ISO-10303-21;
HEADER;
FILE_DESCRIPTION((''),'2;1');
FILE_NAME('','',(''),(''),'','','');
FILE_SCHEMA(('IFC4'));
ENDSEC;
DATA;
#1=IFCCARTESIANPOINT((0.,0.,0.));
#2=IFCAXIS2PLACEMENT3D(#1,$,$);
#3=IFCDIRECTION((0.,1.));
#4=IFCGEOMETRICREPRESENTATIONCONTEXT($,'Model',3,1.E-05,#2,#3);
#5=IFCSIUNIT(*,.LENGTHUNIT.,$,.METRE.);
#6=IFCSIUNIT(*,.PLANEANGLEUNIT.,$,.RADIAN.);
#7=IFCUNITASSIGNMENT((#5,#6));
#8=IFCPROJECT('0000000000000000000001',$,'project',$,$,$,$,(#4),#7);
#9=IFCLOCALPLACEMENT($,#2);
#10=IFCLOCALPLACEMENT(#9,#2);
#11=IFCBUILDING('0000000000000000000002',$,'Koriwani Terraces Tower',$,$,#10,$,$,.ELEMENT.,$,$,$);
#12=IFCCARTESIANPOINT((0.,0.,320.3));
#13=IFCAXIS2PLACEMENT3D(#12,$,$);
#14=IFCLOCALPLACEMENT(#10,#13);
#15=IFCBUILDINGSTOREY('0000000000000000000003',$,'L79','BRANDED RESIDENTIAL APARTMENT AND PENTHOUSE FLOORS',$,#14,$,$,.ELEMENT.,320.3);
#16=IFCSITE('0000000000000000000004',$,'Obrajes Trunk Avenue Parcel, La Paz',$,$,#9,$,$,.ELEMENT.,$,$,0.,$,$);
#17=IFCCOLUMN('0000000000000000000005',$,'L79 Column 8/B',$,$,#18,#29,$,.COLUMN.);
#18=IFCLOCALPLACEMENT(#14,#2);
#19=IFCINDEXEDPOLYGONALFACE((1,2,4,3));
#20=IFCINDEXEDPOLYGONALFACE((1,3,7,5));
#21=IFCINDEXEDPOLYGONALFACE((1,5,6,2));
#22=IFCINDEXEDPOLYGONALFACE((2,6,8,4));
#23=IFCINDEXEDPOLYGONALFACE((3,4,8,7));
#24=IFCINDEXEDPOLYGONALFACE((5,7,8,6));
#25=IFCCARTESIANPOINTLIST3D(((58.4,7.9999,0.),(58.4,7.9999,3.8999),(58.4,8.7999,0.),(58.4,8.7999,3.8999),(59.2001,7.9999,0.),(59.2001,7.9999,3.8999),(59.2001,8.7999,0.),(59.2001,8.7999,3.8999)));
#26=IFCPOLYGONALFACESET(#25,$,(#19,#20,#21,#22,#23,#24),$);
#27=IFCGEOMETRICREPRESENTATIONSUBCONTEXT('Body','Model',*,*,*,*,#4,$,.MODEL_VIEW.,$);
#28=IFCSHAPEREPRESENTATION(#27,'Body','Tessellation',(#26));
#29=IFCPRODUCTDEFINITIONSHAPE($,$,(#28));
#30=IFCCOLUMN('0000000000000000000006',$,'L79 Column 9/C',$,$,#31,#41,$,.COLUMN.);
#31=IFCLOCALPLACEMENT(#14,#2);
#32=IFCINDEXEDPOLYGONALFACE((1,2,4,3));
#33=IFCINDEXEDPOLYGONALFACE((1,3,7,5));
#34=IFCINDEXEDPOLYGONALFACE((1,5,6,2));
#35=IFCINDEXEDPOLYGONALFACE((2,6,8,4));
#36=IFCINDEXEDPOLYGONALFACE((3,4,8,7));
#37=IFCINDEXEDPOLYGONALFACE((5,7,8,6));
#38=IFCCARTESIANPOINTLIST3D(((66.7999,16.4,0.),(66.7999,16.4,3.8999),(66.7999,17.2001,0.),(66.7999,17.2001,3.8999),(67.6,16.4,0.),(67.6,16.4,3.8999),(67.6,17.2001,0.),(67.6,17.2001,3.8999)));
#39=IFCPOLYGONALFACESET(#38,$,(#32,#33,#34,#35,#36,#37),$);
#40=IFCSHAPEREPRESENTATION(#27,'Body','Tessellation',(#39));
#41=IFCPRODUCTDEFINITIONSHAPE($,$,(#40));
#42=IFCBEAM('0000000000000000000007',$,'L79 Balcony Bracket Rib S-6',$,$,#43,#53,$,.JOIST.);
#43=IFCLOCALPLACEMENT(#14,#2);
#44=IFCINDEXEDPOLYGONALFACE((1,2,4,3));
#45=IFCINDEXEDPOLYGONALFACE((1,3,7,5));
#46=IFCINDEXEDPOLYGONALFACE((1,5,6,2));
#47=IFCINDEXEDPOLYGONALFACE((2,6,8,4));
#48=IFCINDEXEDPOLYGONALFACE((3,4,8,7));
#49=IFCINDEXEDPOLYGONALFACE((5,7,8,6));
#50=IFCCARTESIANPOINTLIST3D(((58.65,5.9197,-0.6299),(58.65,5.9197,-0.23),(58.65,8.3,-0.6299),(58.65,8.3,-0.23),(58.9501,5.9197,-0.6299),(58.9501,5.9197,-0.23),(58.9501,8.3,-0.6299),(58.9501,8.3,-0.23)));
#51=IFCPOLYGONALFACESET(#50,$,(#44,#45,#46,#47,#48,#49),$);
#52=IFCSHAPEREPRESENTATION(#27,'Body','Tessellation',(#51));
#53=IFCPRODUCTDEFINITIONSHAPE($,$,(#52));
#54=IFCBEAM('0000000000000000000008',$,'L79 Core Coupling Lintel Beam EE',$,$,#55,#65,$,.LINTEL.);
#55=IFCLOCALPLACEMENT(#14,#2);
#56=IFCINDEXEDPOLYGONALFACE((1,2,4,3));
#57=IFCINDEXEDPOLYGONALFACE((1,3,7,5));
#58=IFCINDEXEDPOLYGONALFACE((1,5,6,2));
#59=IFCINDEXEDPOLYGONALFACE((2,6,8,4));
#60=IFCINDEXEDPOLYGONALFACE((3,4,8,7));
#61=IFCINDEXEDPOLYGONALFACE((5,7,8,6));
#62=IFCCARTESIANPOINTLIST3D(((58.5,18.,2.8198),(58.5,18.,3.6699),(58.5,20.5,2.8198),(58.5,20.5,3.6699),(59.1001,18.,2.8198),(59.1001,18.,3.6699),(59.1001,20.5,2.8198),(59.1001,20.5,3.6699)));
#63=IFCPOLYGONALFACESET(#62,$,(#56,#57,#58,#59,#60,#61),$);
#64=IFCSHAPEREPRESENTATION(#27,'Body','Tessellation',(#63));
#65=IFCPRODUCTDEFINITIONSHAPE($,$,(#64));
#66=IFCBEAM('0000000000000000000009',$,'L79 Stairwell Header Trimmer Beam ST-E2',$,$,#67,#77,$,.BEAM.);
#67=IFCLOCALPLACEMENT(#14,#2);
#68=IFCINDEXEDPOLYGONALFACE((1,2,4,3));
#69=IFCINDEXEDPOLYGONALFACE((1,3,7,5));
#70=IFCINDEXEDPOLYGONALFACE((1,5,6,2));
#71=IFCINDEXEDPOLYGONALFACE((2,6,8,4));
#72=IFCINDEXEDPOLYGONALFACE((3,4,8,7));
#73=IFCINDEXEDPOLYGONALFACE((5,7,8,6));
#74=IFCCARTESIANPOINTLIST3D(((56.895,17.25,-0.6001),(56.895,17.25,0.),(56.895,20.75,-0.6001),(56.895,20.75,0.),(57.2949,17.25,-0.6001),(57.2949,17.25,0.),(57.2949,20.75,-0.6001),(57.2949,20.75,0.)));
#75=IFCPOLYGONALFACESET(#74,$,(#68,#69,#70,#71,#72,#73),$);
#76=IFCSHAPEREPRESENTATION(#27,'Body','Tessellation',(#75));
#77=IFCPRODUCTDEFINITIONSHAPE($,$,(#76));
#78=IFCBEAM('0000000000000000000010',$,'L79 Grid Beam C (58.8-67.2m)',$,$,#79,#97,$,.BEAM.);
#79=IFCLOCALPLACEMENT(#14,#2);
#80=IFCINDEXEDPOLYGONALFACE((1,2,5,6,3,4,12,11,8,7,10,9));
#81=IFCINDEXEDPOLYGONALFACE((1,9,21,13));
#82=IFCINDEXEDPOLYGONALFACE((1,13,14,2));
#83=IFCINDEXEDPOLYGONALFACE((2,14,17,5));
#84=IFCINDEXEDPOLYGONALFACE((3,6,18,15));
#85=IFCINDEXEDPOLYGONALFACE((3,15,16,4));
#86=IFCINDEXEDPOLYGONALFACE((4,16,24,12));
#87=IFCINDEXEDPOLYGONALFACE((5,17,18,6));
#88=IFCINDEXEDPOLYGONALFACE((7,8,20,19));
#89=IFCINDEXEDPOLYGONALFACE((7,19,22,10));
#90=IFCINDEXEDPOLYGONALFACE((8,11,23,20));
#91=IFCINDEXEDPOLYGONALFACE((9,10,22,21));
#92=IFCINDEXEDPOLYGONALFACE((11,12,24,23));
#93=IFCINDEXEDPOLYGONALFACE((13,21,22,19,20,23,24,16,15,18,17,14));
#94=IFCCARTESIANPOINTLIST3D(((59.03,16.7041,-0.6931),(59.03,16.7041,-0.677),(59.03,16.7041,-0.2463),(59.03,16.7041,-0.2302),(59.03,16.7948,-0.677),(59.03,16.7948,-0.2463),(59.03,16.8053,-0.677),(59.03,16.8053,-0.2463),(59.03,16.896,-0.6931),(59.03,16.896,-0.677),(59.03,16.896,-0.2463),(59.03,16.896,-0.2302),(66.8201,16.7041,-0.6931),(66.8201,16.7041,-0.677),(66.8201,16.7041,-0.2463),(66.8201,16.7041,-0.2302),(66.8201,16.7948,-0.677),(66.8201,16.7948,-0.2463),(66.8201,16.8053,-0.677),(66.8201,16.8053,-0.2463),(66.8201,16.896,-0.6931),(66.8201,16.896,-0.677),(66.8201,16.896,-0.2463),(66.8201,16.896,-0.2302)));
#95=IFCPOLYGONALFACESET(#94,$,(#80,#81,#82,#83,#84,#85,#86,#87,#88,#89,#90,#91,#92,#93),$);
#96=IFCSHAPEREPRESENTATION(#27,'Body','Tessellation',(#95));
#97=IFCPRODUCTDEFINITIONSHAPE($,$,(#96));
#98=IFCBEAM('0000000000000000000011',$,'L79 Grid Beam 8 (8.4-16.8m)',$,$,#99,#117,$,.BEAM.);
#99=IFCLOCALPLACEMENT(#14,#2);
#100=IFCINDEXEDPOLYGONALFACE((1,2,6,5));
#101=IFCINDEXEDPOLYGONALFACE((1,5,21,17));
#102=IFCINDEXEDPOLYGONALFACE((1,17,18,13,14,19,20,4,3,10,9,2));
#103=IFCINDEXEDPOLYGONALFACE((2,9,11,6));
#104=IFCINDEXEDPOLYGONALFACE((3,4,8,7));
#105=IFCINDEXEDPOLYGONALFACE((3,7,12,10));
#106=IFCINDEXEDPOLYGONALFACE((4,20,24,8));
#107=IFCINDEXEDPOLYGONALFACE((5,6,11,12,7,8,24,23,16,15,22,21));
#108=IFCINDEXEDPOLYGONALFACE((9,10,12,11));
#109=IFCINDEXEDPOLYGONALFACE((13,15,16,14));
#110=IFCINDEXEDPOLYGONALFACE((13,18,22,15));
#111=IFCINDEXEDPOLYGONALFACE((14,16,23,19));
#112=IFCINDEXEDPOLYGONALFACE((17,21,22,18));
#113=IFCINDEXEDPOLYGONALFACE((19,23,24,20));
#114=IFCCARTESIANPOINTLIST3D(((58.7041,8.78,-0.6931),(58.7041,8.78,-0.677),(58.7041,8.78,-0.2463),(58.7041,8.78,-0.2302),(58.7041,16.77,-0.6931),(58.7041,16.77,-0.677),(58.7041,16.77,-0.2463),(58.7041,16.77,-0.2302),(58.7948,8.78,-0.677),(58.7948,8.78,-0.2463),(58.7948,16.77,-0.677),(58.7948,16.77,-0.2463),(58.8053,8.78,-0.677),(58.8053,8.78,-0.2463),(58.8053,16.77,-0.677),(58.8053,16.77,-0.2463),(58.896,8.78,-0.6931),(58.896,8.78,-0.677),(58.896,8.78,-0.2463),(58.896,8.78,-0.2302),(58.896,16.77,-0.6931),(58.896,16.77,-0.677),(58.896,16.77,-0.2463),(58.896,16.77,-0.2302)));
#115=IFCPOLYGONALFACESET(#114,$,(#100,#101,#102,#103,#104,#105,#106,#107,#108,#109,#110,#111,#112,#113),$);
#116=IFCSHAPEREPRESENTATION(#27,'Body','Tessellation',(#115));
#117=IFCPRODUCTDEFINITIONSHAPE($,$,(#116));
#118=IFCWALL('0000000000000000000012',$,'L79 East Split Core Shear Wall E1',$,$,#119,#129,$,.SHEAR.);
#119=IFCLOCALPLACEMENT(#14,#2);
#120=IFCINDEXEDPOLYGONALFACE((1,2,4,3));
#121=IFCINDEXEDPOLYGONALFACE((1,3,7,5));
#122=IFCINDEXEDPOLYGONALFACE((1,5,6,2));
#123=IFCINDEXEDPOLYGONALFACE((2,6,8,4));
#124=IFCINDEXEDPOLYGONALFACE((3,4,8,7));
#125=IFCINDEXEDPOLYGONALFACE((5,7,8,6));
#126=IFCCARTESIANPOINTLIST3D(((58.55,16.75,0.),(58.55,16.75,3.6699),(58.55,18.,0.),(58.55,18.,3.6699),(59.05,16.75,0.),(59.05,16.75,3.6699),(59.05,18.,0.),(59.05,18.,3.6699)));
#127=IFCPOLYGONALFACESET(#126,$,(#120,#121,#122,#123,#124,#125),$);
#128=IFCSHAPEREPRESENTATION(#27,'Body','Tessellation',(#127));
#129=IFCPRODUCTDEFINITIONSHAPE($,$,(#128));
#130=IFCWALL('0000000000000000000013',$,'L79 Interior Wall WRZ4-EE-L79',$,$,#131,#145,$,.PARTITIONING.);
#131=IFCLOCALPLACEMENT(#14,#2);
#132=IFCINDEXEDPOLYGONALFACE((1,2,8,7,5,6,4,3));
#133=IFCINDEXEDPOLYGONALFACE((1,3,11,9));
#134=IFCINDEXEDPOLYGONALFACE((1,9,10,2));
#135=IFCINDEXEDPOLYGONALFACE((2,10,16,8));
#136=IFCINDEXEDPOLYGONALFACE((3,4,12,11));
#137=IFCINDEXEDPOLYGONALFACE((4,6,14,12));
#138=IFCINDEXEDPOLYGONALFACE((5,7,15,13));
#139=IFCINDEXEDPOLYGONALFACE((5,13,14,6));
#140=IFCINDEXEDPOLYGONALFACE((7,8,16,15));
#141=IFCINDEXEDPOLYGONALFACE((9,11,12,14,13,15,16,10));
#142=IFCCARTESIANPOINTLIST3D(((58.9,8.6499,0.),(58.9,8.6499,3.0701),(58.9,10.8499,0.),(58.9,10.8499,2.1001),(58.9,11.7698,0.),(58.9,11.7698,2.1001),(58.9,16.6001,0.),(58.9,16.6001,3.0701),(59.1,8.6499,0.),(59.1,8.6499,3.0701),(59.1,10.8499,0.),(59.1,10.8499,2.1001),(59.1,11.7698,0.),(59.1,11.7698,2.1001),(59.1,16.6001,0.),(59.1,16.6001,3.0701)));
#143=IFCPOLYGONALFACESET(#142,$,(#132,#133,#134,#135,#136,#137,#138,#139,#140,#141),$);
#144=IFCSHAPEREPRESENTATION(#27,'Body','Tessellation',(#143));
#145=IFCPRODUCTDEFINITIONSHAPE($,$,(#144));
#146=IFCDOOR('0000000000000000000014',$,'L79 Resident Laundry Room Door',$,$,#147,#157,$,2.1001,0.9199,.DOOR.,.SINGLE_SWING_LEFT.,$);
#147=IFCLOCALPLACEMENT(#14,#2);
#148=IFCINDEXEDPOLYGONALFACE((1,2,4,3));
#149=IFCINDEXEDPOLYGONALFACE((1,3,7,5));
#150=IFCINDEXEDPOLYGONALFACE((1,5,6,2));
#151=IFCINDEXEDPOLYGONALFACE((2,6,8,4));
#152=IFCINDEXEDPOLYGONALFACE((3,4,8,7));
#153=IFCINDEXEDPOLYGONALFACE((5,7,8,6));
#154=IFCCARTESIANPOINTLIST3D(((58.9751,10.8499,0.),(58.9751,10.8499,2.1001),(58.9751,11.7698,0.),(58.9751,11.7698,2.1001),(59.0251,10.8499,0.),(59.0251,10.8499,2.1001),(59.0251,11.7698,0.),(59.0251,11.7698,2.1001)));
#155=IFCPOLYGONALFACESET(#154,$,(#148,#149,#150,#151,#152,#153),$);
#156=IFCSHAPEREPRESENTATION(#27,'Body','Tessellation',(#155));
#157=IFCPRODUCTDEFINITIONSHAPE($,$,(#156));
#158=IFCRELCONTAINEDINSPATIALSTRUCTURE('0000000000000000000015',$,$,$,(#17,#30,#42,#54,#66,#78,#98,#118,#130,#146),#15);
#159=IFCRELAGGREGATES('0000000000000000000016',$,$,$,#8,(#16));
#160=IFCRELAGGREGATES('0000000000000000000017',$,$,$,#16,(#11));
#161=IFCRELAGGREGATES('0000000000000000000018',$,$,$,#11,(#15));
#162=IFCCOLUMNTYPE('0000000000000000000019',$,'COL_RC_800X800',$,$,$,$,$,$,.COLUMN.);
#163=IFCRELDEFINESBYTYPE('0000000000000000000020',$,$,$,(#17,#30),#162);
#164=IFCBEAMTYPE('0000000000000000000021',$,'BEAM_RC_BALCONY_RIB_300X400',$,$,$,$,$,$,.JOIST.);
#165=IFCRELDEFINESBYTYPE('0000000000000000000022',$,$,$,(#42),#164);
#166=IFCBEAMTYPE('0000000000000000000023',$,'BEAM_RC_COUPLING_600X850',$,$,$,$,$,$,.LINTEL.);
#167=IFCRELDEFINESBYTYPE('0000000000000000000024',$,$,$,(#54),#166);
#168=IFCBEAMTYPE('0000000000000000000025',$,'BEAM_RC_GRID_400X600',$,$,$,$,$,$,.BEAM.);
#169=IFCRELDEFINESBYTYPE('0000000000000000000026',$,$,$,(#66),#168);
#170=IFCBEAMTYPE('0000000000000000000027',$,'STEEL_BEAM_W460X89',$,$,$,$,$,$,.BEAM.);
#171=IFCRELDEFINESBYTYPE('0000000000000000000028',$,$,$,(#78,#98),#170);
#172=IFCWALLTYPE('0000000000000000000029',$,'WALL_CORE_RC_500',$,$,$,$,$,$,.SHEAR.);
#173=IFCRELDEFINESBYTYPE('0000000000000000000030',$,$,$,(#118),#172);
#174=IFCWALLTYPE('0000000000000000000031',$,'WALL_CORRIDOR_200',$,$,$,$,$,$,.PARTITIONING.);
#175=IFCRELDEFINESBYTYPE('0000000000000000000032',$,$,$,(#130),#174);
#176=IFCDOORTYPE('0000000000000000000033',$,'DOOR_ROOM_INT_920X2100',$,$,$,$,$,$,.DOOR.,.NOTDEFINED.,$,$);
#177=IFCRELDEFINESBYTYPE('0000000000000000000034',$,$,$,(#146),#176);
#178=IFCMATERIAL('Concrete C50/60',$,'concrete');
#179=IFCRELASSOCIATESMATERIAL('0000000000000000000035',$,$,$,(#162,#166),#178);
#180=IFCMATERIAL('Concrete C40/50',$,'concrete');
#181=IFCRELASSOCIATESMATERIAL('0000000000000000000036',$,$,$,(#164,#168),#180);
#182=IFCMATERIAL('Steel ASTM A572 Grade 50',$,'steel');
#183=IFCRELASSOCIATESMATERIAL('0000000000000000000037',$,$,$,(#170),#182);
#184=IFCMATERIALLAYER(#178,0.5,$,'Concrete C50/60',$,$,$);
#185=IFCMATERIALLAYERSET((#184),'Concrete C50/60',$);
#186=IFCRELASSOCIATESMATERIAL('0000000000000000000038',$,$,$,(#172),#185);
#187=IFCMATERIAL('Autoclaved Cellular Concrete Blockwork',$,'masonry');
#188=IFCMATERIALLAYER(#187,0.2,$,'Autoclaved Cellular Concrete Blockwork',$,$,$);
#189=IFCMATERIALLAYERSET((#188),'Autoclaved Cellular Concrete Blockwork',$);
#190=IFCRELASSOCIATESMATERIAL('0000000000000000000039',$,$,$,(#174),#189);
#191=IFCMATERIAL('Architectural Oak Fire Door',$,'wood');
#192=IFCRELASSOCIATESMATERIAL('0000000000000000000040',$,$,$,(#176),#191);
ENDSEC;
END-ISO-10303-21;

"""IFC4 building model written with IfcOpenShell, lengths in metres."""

from ifc_helpers import new_model, si_unit, direction, frame, frame_2d, origin, origin_2d, place, context, subcontext, project, spatial, rectangle, i_section, extrude, material, layer, layer_set, material_profile, profile_set, type_object, element, fill, save


model = new_model("IFC4")

# Units and contexts
model_context = context("Model", 3, precision=1e-05, world=origin(), true_north=direction((0.0, 1.0)))
body_context = subcontext(model_context, "Body", "Model", "MODEL_VIEW")
ifc_project = project(units=[si_unit("LENGTHUNIT", "METRE"), si_unit("PLANEANGLEUNIT", "RADIAN")], contexts=[model_context])

# Site, building, storey
site_placement = place(None, origin())
site = spatial("IfcSite", under=ifc_project, at=site_placement, Name="Obrajes Trunk Avenue Parcel, La Paz", CompositionType="ELEMENT", RefElevation=0.0)
building_placement = place(site_placement, origin())
building = spatial("IfcBuilding", under=site, at=building_placement, Name="Koriwani Terraces Tower", CompositionType="ELEMENT")
storey_placement = place(building_placement, frame((0.0, 0.0, 320.3)))
storey = spatial("IfcBuildingStorey", under=building, at=storey_placement, Name="L79", Description="BRANDED RESIDENTIAL APARTMENT AND PENTHOUSE FLOORS", CompositionType="ELEMENT", Elevation=320.3)

# Columns
ifc_material_1 = material(Name="Concrete C50/60", Category="concrete")
ifc_material_profile_1 = material_profile(ifc_material_1, rectangle(XDim=0.8, YDim=0.8, at=origin_2d()), Name="Concrete C50/60", Category="LoadBearing")
ifc_profile_set_1 = profile_set([ifc_material_profile_1], Name="Concrete C50/60")
column_type = type_object("IfcColumnType", Name="COL_RC_800X800", PredefinedType="COLUMN", material=ifc_profile_set_1)
for number, where, z_axis, x_axis, name in (
    (1, (58.8, 8.3999, 0.0), (0.0, 0.0, 1.0), (1.0, 0.0, 0.0), "L79 Column 8/B"),
    (2, (67.2, 16.8, 0.0), (0.0, 0.0, 1.0), (1.0, 0.0, 0.0), "L79 Column 9/C"),
):
    element("IfcColumn", number, at=place(storey_placement, frame(where, z_axis=z_axis, x_axis=x_axis)), inside=storey, type_object=column_type, Name=name, PredefinedType="COLUMN", context=body_context, shape_type="SweptSolid", body=[
        extrude(rectangle(XDim=0.8, YDim=0.8, at=origin_2d()), origin(), (0.0, 0.0, 1.0), 3.8999),
    ])

# Beams
ifc_material_2 = material(Name="Concrete C40/50", Category="concrete")
ifc_material_profile_2 = material_profile(ifc_material_2, rectangle(XDim=0.3, YDim=0.3999, at=origin_2d()), Name="Concrete C40/50", Category="LoadBearing")
ifc_profile_set_2 = profile_set([ifc_material_profile_2], Name="Concrete C40/50")
beam_type_1 = type_object("IfcBeamType", Name="BEAM_RC_BALCONY_RIB_300X400", PredefinedType="JOIST", material=ifc_profile_set_2)
beam_1_placement = place(storey_placement, frame((58.8, 5.9197, -0.4299), z_axis=(0.0, 1.0, 0.0), x_axis=(-1.0, 0.0, 0.0)))
element("IfcBeam", 3, at=beam_1_placement, inside=storey, type_object=beam_type_1, Name="L79 Balcony Bracket Rib S-6", PredefinedType="JOIST", context=body_context, shape_type="SweptSolid", body=[
    extrude(rectangle(XDim=0.3, YDim=0.3999, at=origin_2d()), origin(), (0.0, 0.0, 1.0), 2.3804),
])
ifc_material_profile_3 = material_profile(ifc_material_1, rectangle(XDim=0.6001, YDim=0.8501, at=origin_2d()), Name="Concrete C50/60", Category="LoadBearing")
ifc_profile_set_3 = profile_set([ifc_material_profile_3], Name="Concrete C50/60")
beam_type_2 = type_object("IfcBeamType", Name="BEAM_RC_COUPLING_600X850", PredefinedType="LINTEL", material=ifc_profile_set_3)
beam_2_placement = place(storey_placement, frame((58.8, 18.0, 3.2449), z_axis=(0.0, 1.0, 0.0), x_axis=(-1.0, 0.0, 0.0)))
element("IfcBeam", 4, at=beam_2_placement, inside=storey, type_object=beam_type_2, Name="L79 Core Coupling Lintel Beam EE", PredefinedType="LINTEL", context=body_context, shape_type="SweptSolid", body=[
    extrude(rectangle(XDim=0.6001, YDim=0.8501, at=origin_2d()), origin(), (0.0, 0.0, 1.0), 2.5),
])
ifc_material_profile_4 = material_profile(ifc_material_2, rectangle(XDim=0.3999, YDim=0.6001, at=origin_2d()), Name="Concrete C40/50", Category="LoadBearing")
ifc_profile_set_4 = profile_set([ifc_material_profile_4], Name="Concrete C40/50")
beam_type_3 = type_object("IfcBeamType", Name="BEAM_RC_GRID_400X600", PredefinedType="BEAM", material=ifc_profile_set_4)
beam_3_placement = place(storey_placement, frame((57.095, 17.25, -0.3), z_axis=(0.0, 1.0, 0.0), x_axis=(-1.0, 0.0, 0.0)))
element("IfcBeam", 5, at=beam_3_placement, inside=storey, type_object=beam_type_3, Name="L79 Stairwell Header Trimmer Beam ST-E2", PredefinedType="BEAM", context=body_context, shape_type="SweptSolid", body=[
    extrude(rectangle(XDim=0.3999, YDim=0.6001, at=origin_2d()), origin(), (0.0, 0.0, 1.0), 3.5),
])
ifc_material_3 = material(Name="Steel ASTM A572 Grade 50", Category="steel")
ifc_material_profile_5 = material_profile(ifc_material_3, i_section(OverallWidth=0.1919, OverallDepth=0.4629, WebThickness=0.0105, FlangeThickness=0.0161, at=origin_2d()), Name="Steel ASTM A572 Grade 50", Category="LoadBearing")
ifc_profile_set_5 = profile_set([ifc_material_profile_5], Name="Steel ASTM A572 Grade 50")
beam_type_4 = type_object("IfcBeamType", Name="STEEL_BEAM_W460X89", PredefinedType="BEAM", material=ifc_profile_set_5)
beam_4_placement = place(storey_placement, frame((59.03, 16.8, -0.4617), z_axis=(1.0, 0.0, 0.0), x_axis=(0.0, 1.0, 0.0)))
element("IfcBeam", 6, at=beam_4_placement, inside=storey, type_object=beam_type_4, Name="L79 Grid Beam C (58.8-67.2m)", PredefinedType="BEAM", context=body_context, shape_type="SweptSolid", body=[
    extrude(i_section(OverallWidth=0.1919, OverallDepth=0.4629, WebThickness=0.0105, FlangeThickness=0.0161, at=origin_2d()), origin(), (0.0, 0.0, 1.0), 7.79),
])
beam_5_placement = place(storey_placement, frame((58.8, 8.78, -0.4617), z_axis=(0.0, 1.0, 0.0), x_axis=(-1.0, 0.0, 0.0)))
element("IfcBeam", 7, at=beam_5_placement, inside=storey, type_object=beam_type_4, Name="L79 Grid Beam 8 (8.4-16.8m)", PredefinedType="BEAM", context=body_context, shape_type="SweptSolid", body=[
    extrude(i_section(OverallWidth=0.1919, OverallDepth=0.4629, WebThickness=0.0105, FlangeThickness=0.0161, at=origin_2d()), origin(), (0.0, 0.0, 1.0), 7.99),
])

# Wall
ifc_layer_1 = layer(ifc_material_1, 0.5, Name="Concrete C50/60")
ifc_layer_set_1 = layer_set([ifc_layer_1], Name="Concrete C50/60")
wall_type_1 = type_object("IfcWallType", Name="WALL_CORE_RC_500", PredefinedType="SHEAR", material=ifc_layer_set_1)
wall_1_placement = place(storey_placement, frame((58.8, 16.75, 0.0), z_axis=(0.0, 0.0, 1.0), x_axis=(0.0, 1.0, 0.0)))
element("IfcWall", 8, at=wall_1_placement, inside=storey, type_object=wall_type_1, Name="L79 East Split Core Shear Wall E1", PredefinedType="SHEAR", context=body_context, shape_type="SweptSolid", body=[
    extrude(rectangle(XDim=1.25, YDim=0.5, at=frame_2d((0.625, 0.0))), origin(), (0.0, 0.0, 1.0), 3.6699),
])

# Wall, opening, door
ifc_material_4 = material(Name="Autoclaved Cellular Concrete Blockwork", Category="masonry")
ifc_layer_2 = layer(ifc_material_4, 0.2, Name="Autoclaved Cellular Concrete Blockwork")
ifc_layer_set_2 = layer_set([ifc_layer_2], Name="Autoclaved Cellular Concrete Blockwork")
wall_type_2 = type_object("IfcWallType", Name="WALL_CORRIDOR_200", PredefinedType="PARTITIONING", material=ifc_layer_set_2)
wall_2_placement = place(storey_placement, frame((59.0, 8.6499, 0.0), z_axis=(0.0, 0.0, 1.0), x_axis=(0.0, 1.0, 0.0)))
wall_2 = element("IfcWall", 9, at=wall_2_placement, inside=storey, type_object=wall_type_2, Name="L79 Interior Wall WRZ4-EE-L79", PredefinedType="PARTITIONING", context=body_context, shape_type="SweptSolid", body=[
    extrude(rectangle(XDim=7.9502, YDim=0.2, at=frame_2d((3.9751, 0.0))), origin(), (0.0, 0.0, 1.0), 3.0701),
])
opening_1_placement = place(wall_2_placement, frame((2.2, 0.0, 0.0)))
opening_1 = element("IfcOpeningElement", 10, at=opening_1_placement, cuts=wall_2, PredefinedType="OPENING", context=body_context, shape_type="SweptSolid", body=[
    extrude(rectangle(XDim=0.9199, YDim=2.1001, at=frame_2d((0.46, 1.05))), frame((0.0, 0.1099, 0.0), z_axis=(0.0, -1.0, 0.0), x_axis=(1.0, 0.0, 0.0)), (0.0, 0.0, 1.0), 0.22),
])
ifc_material_5 = material(Name="Architectural Oak Fire Door", Category="wood")
door_type_1 = type_object("IfcDoorType", Name="DOOR_ROOM_INT_920X2100", OperationType="NOTDEFINED", PredefinedType="DOOR", material=ifc_material_5)
door_1_placement = place(opening_1_placement, origin())
door_1 = element("IfcDoor", 11, at=door_1_placement, inside=storey, type_object=door_type_1, Name="L79 Resident Laundry Room Door", OperationType="SINGLE_SWING_LEFT", OverallHeight=2.1001, OverallWidth=0.9199, PredefinedType="DOOR", context=body_context, shape_type="SweptSolid", body=[
    extrude(rectangle(XDim=0.9199, YDim=2.1001, at=frame_2d((0.46, 1.05))), frame((0.0, 0.0249, 0.0), z_axis=(0.0, -1.0, 0.0), x_axis=(1.0, 0.0, 0.0)), (0.0, 0.0, 1.0), 0.05),
])
fill(opening_1, door_1)

save(model, "model.ifc")
